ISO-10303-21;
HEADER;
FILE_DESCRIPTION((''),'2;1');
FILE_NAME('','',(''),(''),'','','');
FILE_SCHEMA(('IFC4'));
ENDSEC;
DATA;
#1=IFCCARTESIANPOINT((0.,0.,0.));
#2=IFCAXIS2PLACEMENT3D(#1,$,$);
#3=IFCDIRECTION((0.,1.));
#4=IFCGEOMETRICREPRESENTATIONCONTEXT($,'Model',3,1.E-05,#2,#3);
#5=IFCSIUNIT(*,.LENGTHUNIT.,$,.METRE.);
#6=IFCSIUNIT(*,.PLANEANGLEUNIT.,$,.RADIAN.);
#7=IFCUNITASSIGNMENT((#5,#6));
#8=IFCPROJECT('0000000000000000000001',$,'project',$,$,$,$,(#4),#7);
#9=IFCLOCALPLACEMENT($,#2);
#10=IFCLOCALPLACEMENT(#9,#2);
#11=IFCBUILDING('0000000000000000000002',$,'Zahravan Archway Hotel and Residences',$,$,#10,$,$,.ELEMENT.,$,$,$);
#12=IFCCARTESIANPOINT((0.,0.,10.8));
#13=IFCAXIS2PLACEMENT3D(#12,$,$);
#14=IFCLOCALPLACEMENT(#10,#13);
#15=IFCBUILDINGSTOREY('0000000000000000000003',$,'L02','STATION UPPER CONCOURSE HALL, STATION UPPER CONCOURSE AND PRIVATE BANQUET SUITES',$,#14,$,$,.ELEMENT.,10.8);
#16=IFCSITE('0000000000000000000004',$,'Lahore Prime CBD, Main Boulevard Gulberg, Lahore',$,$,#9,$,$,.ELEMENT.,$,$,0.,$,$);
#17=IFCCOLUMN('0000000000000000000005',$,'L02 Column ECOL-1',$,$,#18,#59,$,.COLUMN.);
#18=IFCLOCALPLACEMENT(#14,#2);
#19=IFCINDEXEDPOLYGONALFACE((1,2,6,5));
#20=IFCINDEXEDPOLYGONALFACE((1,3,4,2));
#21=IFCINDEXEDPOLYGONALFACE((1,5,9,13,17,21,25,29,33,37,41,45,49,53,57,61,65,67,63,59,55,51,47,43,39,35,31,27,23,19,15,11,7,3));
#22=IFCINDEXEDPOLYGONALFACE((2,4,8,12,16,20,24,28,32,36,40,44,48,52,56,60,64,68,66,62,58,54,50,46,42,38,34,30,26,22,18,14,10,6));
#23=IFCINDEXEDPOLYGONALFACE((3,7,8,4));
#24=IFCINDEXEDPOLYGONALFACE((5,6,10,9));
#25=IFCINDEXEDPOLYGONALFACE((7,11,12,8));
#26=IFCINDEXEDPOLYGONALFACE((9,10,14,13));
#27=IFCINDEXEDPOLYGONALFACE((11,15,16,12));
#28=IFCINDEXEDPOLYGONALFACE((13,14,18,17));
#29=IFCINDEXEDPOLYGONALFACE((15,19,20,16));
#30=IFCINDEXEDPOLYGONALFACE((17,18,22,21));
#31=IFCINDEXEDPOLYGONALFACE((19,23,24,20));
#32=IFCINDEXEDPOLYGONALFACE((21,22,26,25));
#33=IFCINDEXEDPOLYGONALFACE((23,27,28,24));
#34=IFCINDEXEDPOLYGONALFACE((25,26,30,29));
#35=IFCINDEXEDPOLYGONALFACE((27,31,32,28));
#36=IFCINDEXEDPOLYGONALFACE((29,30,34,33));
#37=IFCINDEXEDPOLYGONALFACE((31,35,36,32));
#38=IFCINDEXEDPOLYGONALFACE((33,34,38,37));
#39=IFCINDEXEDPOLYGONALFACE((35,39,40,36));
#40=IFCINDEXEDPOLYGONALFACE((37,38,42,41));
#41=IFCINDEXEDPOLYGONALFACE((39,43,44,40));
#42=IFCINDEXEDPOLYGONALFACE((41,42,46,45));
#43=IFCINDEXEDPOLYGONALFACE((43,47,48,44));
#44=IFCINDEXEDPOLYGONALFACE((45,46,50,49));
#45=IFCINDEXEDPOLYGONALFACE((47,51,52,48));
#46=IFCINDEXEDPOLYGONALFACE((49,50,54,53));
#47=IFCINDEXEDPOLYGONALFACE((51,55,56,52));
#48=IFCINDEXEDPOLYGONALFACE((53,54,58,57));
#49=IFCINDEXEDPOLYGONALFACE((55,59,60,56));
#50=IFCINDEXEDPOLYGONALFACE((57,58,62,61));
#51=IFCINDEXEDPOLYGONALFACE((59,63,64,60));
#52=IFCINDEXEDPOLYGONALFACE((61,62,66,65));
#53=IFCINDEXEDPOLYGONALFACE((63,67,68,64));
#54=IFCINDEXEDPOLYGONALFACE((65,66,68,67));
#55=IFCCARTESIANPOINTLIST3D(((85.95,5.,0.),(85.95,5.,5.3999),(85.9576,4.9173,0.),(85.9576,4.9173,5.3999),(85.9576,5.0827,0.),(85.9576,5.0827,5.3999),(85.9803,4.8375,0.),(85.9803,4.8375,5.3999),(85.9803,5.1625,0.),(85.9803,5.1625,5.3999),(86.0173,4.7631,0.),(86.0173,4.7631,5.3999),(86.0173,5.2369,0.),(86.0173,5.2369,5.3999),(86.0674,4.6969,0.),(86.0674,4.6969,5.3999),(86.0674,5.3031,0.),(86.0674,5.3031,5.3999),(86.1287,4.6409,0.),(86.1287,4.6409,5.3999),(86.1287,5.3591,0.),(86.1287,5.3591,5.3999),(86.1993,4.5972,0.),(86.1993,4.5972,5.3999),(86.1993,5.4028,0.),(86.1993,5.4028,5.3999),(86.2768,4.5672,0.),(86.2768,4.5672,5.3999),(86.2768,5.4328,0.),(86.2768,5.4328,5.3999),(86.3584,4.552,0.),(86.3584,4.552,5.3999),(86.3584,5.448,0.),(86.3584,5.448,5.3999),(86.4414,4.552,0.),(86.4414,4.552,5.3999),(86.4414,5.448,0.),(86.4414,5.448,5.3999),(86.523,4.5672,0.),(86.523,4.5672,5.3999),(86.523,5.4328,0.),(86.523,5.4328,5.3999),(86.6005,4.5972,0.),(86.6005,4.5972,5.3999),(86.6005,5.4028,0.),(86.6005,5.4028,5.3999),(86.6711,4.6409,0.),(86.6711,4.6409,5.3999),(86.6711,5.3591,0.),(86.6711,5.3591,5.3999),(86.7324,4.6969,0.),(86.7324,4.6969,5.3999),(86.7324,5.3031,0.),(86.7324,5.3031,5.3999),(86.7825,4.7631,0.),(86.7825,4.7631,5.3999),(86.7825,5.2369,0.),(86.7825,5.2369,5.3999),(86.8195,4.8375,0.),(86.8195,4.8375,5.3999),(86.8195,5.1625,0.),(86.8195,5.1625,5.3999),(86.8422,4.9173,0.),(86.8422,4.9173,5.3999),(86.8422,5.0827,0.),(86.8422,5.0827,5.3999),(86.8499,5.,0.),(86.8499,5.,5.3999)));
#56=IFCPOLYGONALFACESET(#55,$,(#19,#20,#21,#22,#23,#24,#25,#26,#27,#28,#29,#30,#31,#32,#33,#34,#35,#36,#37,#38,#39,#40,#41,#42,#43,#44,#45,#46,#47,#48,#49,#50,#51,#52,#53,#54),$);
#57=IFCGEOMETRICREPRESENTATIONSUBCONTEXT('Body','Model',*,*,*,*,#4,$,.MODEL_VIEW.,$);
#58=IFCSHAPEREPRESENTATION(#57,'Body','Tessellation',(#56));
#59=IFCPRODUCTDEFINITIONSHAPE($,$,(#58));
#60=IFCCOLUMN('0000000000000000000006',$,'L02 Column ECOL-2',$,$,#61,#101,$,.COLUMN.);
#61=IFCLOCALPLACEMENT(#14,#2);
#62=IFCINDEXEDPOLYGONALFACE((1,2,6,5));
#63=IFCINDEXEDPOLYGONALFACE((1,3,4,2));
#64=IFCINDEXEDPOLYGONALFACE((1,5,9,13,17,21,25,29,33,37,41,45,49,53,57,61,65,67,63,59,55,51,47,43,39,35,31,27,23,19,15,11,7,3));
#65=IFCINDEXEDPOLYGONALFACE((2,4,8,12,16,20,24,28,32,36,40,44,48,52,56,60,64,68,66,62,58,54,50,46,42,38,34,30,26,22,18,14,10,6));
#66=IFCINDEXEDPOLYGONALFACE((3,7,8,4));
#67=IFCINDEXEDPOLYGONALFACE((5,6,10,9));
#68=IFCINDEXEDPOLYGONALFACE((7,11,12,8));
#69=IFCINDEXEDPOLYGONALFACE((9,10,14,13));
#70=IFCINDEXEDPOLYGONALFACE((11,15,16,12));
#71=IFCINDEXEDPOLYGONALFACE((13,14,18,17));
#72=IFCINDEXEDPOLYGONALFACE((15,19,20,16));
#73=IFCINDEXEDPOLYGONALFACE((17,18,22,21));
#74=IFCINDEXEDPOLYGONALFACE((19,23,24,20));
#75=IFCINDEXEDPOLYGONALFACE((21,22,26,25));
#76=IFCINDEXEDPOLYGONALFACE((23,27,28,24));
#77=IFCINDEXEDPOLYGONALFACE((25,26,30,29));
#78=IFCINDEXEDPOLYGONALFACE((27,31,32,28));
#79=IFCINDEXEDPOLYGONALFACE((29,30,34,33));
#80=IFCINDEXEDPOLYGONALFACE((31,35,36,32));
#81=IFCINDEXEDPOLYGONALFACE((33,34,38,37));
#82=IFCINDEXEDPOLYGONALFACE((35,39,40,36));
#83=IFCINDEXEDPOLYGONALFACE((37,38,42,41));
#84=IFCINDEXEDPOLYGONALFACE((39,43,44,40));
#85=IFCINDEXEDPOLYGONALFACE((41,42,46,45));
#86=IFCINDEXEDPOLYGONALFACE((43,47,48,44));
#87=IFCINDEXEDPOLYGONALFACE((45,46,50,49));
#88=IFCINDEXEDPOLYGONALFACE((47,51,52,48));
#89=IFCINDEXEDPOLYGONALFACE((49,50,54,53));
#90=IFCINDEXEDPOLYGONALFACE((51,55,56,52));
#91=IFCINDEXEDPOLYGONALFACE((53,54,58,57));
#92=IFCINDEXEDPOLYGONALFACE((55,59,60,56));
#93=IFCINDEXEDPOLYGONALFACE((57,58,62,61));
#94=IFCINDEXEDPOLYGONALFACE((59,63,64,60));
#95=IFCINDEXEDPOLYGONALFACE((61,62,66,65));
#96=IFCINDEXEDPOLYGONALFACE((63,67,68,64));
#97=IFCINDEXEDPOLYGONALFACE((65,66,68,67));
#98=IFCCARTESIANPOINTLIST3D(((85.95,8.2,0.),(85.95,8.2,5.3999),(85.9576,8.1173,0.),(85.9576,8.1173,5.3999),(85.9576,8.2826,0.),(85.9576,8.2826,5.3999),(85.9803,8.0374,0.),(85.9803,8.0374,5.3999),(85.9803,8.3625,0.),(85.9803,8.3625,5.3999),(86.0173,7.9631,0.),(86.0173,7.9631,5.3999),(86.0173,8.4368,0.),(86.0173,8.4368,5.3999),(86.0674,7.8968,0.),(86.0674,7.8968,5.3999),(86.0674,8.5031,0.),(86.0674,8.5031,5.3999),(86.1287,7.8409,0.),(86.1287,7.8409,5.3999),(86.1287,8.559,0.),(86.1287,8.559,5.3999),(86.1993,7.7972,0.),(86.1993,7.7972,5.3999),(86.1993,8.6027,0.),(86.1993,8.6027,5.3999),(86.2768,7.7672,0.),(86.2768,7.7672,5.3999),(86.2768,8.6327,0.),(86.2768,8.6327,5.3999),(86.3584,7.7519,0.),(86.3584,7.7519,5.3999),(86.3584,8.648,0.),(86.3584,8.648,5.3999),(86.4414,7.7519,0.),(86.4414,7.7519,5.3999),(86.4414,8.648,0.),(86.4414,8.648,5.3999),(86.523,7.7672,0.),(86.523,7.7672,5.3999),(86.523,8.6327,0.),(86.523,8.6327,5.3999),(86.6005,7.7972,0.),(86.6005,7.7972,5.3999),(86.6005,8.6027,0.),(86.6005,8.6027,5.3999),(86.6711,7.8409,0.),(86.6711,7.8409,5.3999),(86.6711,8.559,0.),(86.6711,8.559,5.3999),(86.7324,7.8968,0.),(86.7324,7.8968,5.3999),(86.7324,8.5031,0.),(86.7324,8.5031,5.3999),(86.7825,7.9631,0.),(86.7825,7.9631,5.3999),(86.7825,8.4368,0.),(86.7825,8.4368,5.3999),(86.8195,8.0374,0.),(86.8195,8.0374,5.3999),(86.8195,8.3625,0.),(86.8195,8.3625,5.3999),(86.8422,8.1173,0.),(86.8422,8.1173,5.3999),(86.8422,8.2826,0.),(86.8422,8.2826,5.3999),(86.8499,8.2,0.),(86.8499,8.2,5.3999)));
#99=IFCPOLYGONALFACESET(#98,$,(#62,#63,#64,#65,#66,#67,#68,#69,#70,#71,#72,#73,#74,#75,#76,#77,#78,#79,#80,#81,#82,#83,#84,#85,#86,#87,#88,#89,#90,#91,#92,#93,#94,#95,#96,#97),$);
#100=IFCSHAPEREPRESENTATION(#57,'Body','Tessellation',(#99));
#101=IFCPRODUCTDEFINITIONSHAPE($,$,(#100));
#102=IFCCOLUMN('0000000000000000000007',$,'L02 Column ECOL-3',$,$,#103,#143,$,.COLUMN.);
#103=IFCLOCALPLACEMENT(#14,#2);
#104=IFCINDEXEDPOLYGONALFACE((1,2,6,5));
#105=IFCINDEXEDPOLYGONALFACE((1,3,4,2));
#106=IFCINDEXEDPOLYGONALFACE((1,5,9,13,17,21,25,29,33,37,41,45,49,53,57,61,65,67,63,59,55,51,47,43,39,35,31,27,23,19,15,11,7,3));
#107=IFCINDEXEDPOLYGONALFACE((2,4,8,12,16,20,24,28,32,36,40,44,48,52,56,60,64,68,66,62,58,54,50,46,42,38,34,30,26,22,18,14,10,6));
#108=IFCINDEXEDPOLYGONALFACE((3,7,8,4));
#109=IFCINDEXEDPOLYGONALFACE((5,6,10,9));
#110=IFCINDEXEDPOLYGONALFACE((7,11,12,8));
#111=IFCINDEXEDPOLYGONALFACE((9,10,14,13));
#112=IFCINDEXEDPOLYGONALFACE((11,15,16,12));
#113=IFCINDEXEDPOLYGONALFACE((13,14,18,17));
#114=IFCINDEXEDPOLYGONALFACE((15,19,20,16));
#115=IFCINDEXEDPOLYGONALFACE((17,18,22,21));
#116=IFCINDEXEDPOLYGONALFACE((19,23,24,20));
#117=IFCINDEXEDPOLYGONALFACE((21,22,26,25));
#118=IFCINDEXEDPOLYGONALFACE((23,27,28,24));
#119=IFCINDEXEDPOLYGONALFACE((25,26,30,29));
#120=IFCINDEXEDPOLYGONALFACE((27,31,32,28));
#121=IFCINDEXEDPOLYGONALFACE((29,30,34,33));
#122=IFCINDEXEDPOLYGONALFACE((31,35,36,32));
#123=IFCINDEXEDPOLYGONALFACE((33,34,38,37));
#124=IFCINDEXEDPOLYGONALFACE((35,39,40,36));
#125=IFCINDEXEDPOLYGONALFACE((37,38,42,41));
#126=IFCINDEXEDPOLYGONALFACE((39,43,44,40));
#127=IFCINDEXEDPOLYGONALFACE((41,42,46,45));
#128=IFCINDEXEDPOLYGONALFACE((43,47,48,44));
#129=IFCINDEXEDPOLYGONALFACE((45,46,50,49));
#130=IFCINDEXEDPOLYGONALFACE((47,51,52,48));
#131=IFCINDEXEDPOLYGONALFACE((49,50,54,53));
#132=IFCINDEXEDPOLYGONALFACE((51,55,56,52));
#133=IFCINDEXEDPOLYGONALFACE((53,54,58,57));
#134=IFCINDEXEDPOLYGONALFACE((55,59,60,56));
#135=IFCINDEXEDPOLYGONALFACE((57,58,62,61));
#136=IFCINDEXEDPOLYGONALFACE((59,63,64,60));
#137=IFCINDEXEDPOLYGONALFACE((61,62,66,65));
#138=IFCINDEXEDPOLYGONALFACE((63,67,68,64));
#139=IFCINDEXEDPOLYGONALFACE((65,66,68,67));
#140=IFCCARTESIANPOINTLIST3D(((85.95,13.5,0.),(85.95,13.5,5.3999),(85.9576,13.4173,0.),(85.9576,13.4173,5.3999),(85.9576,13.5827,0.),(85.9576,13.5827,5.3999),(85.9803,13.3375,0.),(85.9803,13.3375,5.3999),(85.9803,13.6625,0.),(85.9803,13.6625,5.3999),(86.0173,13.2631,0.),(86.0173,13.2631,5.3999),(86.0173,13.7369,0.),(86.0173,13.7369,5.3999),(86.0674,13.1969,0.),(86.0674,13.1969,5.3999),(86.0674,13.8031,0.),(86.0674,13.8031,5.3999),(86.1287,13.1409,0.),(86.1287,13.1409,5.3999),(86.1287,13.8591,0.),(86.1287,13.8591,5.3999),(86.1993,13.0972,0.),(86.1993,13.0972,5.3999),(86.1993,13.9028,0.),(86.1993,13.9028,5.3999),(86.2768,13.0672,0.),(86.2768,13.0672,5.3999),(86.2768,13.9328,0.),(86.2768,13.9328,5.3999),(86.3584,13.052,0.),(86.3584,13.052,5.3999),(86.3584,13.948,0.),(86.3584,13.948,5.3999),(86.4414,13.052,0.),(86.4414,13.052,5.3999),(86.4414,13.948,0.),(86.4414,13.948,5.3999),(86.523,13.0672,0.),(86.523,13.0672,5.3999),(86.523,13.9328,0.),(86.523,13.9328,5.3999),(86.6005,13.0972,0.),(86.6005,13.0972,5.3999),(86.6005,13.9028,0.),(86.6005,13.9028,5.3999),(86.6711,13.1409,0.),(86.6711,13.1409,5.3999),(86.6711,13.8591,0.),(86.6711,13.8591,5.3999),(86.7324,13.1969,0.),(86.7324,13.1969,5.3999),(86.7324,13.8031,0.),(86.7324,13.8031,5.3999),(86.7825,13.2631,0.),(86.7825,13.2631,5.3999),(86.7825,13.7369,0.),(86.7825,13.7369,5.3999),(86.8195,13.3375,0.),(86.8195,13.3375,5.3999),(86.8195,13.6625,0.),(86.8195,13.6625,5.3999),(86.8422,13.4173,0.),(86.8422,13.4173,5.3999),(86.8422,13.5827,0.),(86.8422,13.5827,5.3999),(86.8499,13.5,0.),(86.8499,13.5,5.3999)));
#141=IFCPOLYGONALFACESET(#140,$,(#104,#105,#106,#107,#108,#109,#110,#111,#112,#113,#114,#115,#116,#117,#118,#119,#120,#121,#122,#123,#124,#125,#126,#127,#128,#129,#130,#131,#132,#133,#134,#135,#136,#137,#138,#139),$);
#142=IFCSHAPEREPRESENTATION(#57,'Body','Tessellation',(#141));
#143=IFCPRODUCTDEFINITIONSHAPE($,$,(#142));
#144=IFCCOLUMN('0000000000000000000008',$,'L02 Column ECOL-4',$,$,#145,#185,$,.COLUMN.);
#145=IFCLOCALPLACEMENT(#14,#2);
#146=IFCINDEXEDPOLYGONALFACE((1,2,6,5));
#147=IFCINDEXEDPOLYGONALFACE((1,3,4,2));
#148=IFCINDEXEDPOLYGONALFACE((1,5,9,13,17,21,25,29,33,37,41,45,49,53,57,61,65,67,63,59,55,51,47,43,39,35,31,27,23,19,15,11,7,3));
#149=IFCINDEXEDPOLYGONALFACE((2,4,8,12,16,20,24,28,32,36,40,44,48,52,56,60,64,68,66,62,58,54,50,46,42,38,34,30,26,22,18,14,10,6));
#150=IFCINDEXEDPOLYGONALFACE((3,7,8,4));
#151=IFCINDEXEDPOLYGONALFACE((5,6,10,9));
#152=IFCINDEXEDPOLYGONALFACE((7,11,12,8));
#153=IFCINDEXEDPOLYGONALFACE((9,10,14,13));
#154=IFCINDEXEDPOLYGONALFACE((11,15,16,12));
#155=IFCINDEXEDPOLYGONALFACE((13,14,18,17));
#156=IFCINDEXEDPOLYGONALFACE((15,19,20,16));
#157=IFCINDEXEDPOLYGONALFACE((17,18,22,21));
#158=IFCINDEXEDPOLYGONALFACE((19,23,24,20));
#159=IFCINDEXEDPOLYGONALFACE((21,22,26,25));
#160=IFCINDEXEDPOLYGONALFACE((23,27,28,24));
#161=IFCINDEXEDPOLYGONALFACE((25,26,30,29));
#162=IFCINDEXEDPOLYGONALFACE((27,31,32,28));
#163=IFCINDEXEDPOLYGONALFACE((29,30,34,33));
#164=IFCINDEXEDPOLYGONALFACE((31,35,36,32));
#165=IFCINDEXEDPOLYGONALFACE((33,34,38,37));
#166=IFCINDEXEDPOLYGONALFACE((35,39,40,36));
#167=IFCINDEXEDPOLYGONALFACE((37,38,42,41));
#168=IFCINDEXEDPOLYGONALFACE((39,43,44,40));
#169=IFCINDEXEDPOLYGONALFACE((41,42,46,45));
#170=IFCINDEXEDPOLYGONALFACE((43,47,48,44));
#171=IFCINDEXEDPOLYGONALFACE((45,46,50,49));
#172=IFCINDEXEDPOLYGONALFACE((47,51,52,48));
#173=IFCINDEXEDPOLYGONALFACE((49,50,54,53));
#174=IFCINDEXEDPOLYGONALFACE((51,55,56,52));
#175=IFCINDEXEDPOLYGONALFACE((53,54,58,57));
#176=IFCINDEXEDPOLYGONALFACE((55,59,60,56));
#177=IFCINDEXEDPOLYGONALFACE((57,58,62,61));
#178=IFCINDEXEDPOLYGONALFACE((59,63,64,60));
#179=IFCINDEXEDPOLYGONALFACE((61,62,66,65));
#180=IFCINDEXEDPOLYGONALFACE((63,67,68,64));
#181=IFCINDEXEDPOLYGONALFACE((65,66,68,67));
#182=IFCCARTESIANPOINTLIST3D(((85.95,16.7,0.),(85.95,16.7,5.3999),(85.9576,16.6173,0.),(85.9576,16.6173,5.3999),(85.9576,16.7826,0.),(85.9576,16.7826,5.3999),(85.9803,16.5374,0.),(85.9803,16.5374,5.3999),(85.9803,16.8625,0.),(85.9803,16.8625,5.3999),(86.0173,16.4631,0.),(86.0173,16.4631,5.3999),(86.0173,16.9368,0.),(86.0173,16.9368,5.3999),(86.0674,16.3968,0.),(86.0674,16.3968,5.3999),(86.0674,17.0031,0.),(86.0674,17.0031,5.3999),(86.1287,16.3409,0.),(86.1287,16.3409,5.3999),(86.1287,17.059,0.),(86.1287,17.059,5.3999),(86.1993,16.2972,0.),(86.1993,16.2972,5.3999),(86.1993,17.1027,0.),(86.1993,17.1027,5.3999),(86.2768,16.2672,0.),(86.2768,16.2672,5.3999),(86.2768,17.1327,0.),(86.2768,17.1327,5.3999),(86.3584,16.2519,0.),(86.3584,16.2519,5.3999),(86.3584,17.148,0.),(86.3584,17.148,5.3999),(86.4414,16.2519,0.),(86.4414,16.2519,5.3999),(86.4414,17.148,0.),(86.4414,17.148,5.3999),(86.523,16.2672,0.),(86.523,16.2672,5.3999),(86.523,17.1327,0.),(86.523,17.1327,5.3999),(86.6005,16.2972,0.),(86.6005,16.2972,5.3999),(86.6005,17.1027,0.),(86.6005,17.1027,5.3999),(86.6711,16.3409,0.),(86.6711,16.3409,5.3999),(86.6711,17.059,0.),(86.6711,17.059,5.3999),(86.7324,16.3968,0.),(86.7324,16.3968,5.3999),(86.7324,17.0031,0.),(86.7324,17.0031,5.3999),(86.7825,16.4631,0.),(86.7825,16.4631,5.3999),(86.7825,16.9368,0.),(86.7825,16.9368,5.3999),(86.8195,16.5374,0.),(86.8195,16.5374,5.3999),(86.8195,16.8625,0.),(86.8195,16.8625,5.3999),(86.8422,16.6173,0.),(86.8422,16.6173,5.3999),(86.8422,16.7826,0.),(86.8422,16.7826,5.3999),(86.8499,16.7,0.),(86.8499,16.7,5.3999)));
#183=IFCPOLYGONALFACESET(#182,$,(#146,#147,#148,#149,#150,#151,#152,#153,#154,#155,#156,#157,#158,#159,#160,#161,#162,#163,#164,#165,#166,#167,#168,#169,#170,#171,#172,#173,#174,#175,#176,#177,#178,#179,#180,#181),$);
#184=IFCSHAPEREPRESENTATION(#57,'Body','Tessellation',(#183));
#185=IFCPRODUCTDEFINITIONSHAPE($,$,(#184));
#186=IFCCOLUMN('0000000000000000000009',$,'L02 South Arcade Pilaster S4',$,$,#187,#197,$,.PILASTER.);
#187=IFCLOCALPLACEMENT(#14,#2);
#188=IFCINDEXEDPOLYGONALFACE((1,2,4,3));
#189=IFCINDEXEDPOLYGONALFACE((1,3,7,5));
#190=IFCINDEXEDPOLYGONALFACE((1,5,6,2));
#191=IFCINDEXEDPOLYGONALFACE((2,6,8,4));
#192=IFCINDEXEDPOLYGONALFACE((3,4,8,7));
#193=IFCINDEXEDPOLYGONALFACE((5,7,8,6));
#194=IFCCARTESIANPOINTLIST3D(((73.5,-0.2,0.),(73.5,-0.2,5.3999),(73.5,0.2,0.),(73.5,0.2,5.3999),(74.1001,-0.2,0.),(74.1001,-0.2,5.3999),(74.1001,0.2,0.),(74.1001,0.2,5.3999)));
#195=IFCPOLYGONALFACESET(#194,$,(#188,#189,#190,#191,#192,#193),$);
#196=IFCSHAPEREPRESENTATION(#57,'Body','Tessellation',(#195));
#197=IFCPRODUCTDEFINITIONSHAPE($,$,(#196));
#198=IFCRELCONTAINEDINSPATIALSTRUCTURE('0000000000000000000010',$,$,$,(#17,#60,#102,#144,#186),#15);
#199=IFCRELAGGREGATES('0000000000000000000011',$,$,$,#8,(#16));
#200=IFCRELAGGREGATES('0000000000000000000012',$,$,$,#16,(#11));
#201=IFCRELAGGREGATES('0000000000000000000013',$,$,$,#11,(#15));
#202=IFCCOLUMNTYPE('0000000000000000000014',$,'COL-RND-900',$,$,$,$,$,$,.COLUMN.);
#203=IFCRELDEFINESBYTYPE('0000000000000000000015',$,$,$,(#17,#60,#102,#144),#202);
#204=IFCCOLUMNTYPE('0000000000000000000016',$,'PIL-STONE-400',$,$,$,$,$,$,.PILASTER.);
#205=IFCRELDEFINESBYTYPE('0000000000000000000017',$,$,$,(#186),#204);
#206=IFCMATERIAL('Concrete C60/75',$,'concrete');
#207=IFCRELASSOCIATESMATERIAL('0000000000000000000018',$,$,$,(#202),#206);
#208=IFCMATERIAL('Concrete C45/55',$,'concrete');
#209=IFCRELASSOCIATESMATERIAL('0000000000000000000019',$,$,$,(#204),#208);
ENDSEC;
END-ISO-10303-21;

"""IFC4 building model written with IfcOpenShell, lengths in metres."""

from ifc_helpers import new_model, si_unit, direction, frame, origin, origin_2d, place, context, subcontext, project, spatial, rectangle, circle, extrude, source, transform, mapped, material, material_profile, profile_set, type_object, type_shapes, element, save


model = new_model("IFC4")

# Units and contexts
model_context = context("Model", 3, precision=1e-05, world=origin(), true_north=direction((0.0, 1.0)))
body_context = subcontext(model_context, "Body", "Model", "MODEL_VIEW")
ifc_project = project(units=[si_unit("LENGTHUNIT", "METRE"), si_unit("PLANEANGLEUNIT", "RADIAN")], contexts=[model_context])

# Site, building, storey
site_placement = place(None, origin())
site = spatial("IfcSite", under=ifc_project, at=site_placement, Name="Lahore Prime CBD, Main Boulevard Gulberg, Lahore", CompositionType="ELEMENT", RefElevation=0.0)
building_placement = place(site_placement, origin())
building = spatial("IfcBuilding", under=site, at=building_placement, Name="Zahravan Archway Hotel and Residences", CompositionType="ELEMENT")
storey_placement = place(building_placement, frame((0.0, 0.0, 10.8)))
storey = spatial("IfcBuildingStorey", under=building, at=storey_placement, Name="L02", Description="STATION UPPER CONCOURSE HALL, STATION UPPER CONCOURSE AND PRIVATE BANQUET SUITES", CompositionType="ELEMENT", Elevation=10.8)

# Columns
ifc_material_1 = material(Name="Concrete C60/75", Category="concrete")
ifc_material_profile_1 = material_profile(ifc_material_1, circle(Radius=0.45, at=origin_2d()), Name="RC-CIRC-900", Category="concrete")
ifc_profile_set_1 = profile_set([ifc_material_profile_1], Name="Concrete C60/75")
column_type_1 = type_object("IfcColumnType", Name="COL-RND-900", PredefinedType="COLUMN", material=ifc_profile_set_1)
shared_shape_1 = source(origin(), body_context, "Body", "SweptSolid", [
    extrude(circle(Radius=0.45, at=origin_2d()), origin(), (0.0, 0.0, 1.0), 5.3999),
])
type_shapes(column_type_1, [shared_shape_1])
for number, where, z_axis, x_axis, name in (
    (1, (86.3999, 5.0, 0.0), (0.0, 0.0, 1.0), (1.0, 0.0, 0.0), "L02 Column ECOL-1"),
    (2, (86.3999, 8.2, 0.0), (0.0, 0.0, 1.0), (1.0, 0.0, 0.0), "L02 Column ECOL-2"),
    (3, (86.3999, 13.5, 0.0), (0.0, 0.0, 1.0), (1.0, 0.0, 0.0), "L02 Column ECOL-3"),
    (4, (86.3999, 16.7, 0.0), (0.0, 0.0, 1.0), (1.0, 0.0, 0.0), "L02 Column ECOL-4"),
):
    element("IfcColumn", number, at=place(storey_placement, frame(where, z_axis=z_axis, x_axis=x_axis)), inside=storey, type_object=column_type_1, Name=name, PredefinedType="COLUMN", context=body_context, shape_type="MappedRepresentation", body=[
        mapped(shared_shape_1, transform((0.0, 0.0, 0.0), scale=1.0)),
    ])
ifc_material_2 = material(Name="Concrete C45/55", Category="concrete")
ifc_material_profile_2 = material_profile(ifc_material_2, rectangle(XDim=0.6001, YDim=0.3999, at=origin_2d()), Name="RC-PIL-600x400", Category="concrete")
ifc_profile_set_2 = profile_set([ifc_material_profile_2], Name="Concrete C45/55")
column_type_2 = type_object("IfcColumnType", Name="PIL-STONE-400", PredefinedType="PILASTER", material=ifc_profile_set_2)
shared_shape_2 = source(origin(), body_context, "Body", "SweptSolid", [
    extrude(rectangle(XDim=0.6001, YDim=0.3999, at=origin_2d()), origin(), (0.0, 0.0, 1.0), 5.3999),
])
column_1_placement = place(storey_placement, frame((73.8, 0.0, 0.0), z_axis=(0.0, 0.0, 1.0), x_axis=(1.0, 0.0, 0.0)))
element("IfcColumn", 5, at=column_1_placement, inside=storey, type_object=column_type_2, Name="L02 South Arcade Pilaster S4", PredefinedType="PILASTER", context=body_context, shape_type="MappedRepresentation", body=[
    mapped(shared_shape_2, transform((0.0, 0.0, 0.0), scale=1.0)),
])

save(model, "model.ifc")
